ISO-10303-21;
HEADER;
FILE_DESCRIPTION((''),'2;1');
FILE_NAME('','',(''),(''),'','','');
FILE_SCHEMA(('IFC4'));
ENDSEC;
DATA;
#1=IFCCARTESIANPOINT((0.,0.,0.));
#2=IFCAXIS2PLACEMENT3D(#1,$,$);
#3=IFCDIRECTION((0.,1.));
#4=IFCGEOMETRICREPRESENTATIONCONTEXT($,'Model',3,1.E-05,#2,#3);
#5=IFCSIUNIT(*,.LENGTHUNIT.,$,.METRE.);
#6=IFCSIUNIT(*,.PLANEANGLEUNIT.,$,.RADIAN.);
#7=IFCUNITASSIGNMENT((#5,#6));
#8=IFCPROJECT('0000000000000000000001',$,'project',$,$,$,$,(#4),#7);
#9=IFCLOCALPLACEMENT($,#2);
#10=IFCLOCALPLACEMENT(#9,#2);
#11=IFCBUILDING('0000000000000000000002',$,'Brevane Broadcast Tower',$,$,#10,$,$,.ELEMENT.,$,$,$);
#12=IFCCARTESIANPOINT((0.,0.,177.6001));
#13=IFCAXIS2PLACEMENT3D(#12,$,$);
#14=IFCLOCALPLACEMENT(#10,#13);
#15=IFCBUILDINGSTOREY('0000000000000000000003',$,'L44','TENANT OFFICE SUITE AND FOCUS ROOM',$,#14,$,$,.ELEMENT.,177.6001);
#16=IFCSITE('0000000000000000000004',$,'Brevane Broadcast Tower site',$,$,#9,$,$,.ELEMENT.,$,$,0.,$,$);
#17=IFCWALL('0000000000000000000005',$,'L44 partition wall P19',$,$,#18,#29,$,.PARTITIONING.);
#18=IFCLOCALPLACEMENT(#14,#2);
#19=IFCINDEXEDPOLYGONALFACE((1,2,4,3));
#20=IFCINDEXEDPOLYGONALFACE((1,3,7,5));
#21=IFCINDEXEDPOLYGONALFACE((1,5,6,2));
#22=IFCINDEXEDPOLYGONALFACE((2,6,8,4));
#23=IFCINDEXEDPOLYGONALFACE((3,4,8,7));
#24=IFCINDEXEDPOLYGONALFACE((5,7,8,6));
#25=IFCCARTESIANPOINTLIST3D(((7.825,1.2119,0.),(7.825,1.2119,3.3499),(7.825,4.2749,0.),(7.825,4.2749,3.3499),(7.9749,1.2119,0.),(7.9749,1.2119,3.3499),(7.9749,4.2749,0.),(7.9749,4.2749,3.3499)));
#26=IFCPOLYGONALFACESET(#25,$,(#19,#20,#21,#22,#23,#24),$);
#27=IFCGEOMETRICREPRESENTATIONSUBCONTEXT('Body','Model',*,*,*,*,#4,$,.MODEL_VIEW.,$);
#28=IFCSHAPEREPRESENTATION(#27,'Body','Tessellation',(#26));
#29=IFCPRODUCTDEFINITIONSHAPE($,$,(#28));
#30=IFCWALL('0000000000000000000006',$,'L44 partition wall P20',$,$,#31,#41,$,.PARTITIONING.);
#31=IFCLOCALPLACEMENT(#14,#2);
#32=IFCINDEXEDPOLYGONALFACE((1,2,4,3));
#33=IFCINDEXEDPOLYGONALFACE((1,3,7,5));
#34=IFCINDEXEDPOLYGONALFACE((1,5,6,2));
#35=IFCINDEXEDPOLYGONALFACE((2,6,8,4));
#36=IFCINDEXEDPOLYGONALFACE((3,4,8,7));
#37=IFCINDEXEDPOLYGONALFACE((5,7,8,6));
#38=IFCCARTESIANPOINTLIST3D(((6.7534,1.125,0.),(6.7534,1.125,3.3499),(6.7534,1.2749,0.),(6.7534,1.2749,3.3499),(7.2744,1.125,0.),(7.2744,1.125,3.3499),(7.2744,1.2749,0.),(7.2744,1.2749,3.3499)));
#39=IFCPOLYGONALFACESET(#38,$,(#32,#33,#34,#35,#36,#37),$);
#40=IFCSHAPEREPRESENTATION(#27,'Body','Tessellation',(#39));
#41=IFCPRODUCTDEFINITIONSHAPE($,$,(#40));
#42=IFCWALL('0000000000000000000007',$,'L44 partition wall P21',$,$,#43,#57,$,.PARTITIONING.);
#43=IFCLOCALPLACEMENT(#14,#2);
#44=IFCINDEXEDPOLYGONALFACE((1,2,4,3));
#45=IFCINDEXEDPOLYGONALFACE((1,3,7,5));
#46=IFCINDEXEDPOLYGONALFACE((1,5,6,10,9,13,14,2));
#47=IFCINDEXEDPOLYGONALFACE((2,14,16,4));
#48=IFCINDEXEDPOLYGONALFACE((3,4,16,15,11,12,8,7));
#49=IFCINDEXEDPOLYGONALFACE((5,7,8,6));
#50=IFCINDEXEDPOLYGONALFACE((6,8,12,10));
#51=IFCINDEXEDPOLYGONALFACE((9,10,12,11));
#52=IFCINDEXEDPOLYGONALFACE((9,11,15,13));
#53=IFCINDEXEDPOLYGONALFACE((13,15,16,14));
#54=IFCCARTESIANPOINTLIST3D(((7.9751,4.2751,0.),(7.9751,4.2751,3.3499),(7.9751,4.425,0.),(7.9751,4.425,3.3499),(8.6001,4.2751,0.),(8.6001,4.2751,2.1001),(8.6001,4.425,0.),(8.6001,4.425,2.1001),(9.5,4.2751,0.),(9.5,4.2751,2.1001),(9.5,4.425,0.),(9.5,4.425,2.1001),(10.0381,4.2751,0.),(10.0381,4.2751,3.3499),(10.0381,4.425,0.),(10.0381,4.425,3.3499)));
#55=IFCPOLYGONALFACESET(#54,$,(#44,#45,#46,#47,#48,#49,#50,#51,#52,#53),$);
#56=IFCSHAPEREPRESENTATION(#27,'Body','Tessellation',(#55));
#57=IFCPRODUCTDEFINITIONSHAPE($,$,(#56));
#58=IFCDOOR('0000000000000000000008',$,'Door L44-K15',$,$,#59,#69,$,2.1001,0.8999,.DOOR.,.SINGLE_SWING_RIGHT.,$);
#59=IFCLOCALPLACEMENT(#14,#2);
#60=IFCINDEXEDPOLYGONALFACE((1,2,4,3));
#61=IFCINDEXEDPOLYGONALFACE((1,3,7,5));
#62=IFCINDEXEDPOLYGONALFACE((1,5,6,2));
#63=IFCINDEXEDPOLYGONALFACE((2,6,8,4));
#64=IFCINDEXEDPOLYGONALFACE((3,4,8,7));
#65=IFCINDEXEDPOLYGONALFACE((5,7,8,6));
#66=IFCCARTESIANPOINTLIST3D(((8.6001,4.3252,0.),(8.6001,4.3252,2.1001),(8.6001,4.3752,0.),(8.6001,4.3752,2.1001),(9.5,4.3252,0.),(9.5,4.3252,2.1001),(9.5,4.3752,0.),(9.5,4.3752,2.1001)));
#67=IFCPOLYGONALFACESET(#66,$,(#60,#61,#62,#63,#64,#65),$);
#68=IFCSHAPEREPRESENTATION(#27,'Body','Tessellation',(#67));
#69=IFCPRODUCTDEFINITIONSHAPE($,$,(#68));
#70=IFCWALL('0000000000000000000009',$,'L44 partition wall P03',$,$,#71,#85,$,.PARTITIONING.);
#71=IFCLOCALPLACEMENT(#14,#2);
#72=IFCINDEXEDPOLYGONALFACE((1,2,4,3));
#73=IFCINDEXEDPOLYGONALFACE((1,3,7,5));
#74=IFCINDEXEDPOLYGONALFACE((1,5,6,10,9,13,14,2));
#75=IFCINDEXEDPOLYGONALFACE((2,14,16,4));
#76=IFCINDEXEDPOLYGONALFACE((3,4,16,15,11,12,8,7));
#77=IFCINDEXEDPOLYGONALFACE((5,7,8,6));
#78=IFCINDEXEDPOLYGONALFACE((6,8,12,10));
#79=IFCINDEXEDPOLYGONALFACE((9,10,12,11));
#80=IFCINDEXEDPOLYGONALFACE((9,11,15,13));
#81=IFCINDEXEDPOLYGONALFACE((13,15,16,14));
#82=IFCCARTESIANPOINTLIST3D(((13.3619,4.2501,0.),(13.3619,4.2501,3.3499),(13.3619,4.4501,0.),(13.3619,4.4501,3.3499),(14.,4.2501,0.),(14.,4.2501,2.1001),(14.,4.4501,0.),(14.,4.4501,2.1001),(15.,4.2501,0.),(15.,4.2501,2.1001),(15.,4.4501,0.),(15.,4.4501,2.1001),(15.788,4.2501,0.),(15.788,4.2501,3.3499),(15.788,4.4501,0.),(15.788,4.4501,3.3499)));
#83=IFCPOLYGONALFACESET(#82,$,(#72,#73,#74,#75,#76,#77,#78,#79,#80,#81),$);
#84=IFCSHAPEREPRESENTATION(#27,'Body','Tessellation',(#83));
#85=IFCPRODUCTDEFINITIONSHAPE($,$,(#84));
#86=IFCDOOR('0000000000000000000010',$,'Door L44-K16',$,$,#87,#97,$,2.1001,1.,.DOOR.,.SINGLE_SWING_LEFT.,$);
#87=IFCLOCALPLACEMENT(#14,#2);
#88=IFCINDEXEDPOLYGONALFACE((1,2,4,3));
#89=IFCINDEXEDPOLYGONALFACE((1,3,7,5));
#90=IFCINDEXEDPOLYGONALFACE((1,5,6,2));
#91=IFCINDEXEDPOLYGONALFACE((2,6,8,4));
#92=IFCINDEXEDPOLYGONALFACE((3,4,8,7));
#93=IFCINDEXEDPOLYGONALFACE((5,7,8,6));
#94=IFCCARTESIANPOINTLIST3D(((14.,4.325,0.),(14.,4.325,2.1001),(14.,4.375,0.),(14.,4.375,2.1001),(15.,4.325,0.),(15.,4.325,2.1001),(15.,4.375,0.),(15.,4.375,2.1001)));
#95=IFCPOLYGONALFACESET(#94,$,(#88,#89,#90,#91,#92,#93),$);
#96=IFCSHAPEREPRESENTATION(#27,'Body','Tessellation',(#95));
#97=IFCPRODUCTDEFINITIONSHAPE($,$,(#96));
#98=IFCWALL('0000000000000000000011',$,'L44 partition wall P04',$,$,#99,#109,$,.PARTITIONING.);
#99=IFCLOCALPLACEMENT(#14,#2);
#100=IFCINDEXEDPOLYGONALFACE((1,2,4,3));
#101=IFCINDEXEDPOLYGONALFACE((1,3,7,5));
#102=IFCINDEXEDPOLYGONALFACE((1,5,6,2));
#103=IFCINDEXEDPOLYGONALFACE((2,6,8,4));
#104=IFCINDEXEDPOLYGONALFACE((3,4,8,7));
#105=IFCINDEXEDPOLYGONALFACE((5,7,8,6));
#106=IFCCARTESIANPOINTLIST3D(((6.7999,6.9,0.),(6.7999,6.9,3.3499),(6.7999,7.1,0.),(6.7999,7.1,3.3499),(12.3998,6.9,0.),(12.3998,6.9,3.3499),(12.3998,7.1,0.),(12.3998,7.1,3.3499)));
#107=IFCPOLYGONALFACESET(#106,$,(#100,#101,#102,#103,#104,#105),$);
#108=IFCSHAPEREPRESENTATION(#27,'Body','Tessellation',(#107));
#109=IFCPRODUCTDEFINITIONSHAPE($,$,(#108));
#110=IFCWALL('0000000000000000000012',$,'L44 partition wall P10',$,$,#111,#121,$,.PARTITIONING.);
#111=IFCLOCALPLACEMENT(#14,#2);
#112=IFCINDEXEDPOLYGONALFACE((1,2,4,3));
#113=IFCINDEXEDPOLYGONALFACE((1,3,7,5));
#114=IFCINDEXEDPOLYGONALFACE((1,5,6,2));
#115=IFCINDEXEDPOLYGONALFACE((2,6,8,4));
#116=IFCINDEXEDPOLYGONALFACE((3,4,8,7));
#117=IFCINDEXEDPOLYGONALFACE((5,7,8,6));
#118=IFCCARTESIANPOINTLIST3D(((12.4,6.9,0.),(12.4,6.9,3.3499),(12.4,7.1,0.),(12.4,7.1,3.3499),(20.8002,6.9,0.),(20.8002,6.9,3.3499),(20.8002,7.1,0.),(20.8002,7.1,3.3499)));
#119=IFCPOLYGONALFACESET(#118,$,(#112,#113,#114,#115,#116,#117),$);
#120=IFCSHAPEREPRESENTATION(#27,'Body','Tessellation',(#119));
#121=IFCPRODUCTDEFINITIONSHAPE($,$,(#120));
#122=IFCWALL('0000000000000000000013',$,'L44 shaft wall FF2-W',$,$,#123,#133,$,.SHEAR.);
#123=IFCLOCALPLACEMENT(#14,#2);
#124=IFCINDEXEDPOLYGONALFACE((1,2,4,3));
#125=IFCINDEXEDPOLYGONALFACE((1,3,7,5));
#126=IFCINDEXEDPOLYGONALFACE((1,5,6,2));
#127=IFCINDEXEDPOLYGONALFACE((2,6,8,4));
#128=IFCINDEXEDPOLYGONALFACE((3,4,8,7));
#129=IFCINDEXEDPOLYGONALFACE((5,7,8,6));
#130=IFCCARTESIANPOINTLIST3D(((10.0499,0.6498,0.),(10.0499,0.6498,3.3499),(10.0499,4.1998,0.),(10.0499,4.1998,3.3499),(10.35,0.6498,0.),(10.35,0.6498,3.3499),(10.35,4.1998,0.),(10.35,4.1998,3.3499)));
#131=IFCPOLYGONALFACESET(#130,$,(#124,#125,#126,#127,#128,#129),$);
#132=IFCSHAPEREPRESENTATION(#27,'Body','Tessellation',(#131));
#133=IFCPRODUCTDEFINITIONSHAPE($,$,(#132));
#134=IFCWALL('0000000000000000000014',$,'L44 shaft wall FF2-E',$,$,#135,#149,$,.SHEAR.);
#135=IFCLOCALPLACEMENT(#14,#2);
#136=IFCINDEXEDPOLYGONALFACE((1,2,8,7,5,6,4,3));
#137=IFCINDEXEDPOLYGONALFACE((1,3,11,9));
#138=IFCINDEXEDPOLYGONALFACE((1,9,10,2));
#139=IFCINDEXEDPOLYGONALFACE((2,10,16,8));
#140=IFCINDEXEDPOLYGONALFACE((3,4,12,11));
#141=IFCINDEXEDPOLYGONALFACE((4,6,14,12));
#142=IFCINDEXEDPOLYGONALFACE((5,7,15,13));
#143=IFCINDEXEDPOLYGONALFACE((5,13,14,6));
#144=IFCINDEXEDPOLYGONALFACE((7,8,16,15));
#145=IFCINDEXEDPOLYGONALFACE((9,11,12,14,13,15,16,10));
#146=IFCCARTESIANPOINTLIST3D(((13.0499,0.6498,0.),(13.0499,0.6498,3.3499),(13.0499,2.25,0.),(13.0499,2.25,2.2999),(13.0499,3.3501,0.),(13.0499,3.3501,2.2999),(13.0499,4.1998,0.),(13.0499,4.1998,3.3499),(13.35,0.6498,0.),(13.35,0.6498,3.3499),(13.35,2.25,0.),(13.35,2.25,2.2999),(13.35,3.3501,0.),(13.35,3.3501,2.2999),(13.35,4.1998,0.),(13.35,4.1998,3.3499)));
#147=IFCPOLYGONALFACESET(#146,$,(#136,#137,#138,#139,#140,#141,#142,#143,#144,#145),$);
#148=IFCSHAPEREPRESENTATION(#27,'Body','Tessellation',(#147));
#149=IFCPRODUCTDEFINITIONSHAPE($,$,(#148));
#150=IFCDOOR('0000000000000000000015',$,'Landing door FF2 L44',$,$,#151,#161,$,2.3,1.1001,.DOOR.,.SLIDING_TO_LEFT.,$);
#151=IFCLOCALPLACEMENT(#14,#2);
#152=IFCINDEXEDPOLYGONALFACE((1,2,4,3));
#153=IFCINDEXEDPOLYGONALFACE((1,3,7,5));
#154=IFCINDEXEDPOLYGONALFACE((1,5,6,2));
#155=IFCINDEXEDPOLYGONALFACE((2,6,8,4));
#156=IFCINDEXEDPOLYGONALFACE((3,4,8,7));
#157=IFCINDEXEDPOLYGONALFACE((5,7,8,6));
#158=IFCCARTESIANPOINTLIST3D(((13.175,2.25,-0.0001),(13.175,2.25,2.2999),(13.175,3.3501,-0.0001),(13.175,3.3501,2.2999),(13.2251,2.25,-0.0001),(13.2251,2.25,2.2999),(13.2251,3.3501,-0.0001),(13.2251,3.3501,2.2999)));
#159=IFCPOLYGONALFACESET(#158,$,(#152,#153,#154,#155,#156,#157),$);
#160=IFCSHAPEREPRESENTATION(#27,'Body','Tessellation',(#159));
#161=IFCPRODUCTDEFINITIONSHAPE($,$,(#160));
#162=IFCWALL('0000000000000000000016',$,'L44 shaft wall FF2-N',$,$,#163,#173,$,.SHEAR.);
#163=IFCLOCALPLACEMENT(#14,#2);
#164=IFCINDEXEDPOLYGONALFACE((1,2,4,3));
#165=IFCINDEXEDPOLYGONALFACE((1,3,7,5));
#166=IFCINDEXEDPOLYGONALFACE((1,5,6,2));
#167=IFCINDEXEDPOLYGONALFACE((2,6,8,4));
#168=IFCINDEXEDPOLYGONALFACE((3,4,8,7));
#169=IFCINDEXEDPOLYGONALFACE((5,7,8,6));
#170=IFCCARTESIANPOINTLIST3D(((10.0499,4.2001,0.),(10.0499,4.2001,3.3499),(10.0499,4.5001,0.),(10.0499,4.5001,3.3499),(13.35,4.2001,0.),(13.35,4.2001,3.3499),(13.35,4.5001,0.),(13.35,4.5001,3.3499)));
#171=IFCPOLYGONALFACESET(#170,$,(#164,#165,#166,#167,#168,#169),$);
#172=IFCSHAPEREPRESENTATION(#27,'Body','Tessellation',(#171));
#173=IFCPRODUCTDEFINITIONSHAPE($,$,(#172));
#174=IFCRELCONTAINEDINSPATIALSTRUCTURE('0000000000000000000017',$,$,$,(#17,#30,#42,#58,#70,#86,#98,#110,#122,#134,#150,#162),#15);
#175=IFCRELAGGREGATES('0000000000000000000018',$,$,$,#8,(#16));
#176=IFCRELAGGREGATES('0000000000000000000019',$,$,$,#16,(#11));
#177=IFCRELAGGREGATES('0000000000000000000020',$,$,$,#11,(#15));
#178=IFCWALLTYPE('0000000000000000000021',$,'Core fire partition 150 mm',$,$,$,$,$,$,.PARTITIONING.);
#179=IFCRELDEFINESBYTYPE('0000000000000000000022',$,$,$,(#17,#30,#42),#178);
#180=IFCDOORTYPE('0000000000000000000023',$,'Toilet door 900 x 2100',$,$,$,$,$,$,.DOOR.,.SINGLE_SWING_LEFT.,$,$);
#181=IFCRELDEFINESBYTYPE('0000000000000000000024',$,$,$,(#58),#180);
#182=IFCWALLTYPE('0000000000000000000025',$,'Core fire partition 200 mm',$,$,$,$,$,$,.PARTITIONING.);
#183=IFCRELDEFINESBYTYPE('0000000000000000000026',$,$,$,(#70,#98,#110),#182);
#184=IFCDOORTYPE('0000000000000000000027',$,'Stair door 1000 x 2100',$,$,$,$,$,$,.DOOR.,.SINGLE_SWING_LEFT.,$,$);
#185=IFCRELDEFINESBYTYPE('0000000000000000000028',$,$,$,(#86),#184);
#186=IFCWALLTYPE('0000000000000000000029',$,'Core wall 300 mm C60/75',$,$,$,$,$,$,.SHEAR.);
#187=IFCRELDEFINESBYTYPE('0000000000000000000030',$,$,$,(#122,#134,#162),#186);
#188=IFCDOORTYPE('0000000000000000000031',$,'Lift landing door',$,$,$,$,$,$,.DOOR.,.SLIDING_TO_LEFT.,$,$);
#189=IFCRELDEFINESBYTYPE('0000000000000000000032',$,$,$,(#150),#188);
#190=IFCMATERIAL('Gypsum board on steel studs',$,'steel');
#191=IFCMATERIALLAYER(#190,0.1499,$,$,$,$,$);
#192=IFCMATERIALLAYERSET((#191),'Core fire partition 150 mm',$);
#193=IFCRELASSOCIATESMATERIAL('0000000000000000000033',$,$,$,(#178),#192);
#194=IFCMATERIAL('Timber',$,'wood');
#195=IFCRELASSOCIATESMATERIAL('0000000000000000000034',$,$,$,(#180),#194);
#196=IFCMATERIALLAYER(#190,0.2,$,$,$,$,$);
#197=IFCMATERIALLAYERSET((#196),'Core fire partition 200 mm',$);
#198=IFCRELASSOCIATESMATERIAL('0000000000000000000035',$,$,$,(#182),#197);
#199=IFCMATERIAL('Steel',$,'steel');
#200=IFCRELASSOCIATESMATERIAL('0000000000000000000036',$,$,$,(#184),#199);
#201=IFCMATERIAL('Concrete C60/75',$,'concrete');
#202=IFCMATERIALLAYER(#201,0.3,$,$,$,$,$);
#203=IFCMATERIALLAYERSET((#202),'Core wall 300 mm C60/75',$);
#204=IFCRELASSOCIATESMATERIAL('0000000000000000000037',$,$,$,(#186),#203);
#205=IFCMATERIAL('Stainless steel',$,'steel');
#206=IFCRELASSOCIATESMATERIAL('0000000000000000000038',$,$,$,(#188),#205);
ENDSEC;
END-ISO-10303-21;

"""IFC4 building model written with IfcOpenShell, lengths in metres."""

from ifc_helpers import new_model, si_unit, direction, frame, frame_2d, origin, place, context, subcontext, project, spatial, rectangle, extrude, material, layer, layer_set, type_object, element, fill, save


model = new_model("IFC4")

# Units and contexts
model_context = context("Model", 3, precision=1e-05, world=origin(), true_north=direction((0.0, 1.0)))
body_context = subcontext(model_context, "Body", "Model", "MODEL_VIEW")
ifc_project = project(units=[si_unit("LENGTHUNIT", "METRE"), si_unit("PLANEANGLEUNIT", "RADIAN")], contexts=[model_context])

# Site, building, storey
site_placement = place(None, origin())
site = spatial("IfcSite", under=ifc_project, at=site_placement, Name="Brevane Broadcast Tower site", CompositionType="ELEMENT", RefElevation=0.0)
building_placement = place(site_placement, origin())
building = spatial("IfcBuilding", under=site, at=building_placement, Name="Brevane Broadcast Tower", CompositionType="ELEMENT")
storey_placement = place(building_placement, frame((0.0, 0.0, 177.6001)))
storey = spatial("IfcBuildingStorey", under=building, at=storey_placement, Name="L44", Description="TENANT OFFICE SUITE AND FOCUS ROOM", CompositionType="ELEMENT", Elevation=177.6001)

# Shared definitions
ifc_material_1 = material(Name="Gypsum board on steel studs", Category="steel")
ifc_layer_1 = layer(ifc_material_1, 0.1499)
ifc_layer_set_1 = layer_set([ifc_layer_1], Name="Core fire partition 150 mm")
wall_type_1 = type_object("IfcWallType", Name="Core fire partition 150 mm", PredefinedType="PARTITIONING", material=ifc_layer_set_1)

# Shared definitions
ifc_material_2 = material(Name="Timber", Category="wood")
door_type_1 = type_object("IfcDoorType", Name="Toilet door 900 x 2100", OperationType="SINGLE_SWING_LEFT", PredefinedType="DOOR", material=ifc_material_2)

# Walls
wall_1_placement = place(storey_placement, frame((7.8999, 4.2749, 0.0), z_axis=(0.0, 0.0, 1.0), x_axis=(0.0, -1.0, 0.0)))
element("IfcWall", 1, at=wall_1_placement, inside=storey, type_object=wall_type_1, Name="L44 partition wall P19", PredefinedType="PARTITIONING", context=body_context, shape_type="SweptSolid", body=[
    extrude(rectangle(XDim=3.063, YDim=0.1499, at=frame_2d((1.5315, 0.0))), origin(), (0.0, 0.0, 1.0), 3.3499),
])
wall_2_placement = place(storey_placement, frame((7.2744, 1.2, 0.0), z_axis=(0.0, 0.0, 1.0), x_axis=(-1.0, 0.0, 0.0)))
element("IfcWall", 2, at=wall_2_placement, inside=storey, type_object=wall_type_1, Name="L44 partition wall P20", PredefinedType="PARTITIONING", context=body_context, shape_type="SweptSolid", body=[
    extrude(rectangle(XDim=0.521, YDim=0.1499, at=frame_2d((0.2605, 0.0))), origin(), (0.0, 0.0, 1.0), 3.3499),
])

# Walls, openings, doors
wall_3_placement = place(storey_placement, frame((10.0381, 4.3501, 0.0), z_axis=(0.0, 0.0, 1.0), x_axis=(-1.0, 0.0, 0.0)))
wall_3 = element("IfcWall", 3, at=wall_3_placement, inside=storey, type_object=wall_type_1, Name="L44 partition wall P21", PredefinedType="PARTITIONING", context=body_context, shape_type="SweptSolid", body=[
    extrude(rectangle(XDim=2.063, YDim=0.1499, at=frame_2d((1.0315, 0.0))), origin(), (0.0, 0.0, 1.0), 3.3499),
])
opening_1_placement = place(wall_3_placement, frame((0.5381, 0.0, 0.0)))
opening_1 = element("IfcOpeningElement", 4, at=opening_1_placement, cuts=wall_3, PredefinedType="OPENING", context=body_context, shape_type="SweptSolid", body=[
    extrude(rectangle(XDim=0.8999, YDim=2.1001, at=frame_2d((0.45, 1.05))), frame((0.0, 0.085, 0.0), z_axis=(0.0, -1.0, 0.0), x_axis=(1.0, 0.0, 0.0)), (0.0, 0.0, 1.0), 0.1699),
])
door_1_placement = place(opening_1_placement, origin())
door_1 = element("IfcDoor", 5, at=door_1_placement, inside=storey, type_object=door_type_1, Name="Door L44-K15", OperationType="SINGLE_SWING_RIGHT", OverallHeight=2.1001, OverallWidth=0.8999, PredefinedType="DOOR", context=body_context, shape_type="SweptSolid", body=[
    extrude(rectangle(XDim=0.8999, YDim=2.1001, at=frame_2d((0.45, 1.05))), frame((0.0, 0.0249, 0.0), z_axis=(0.0, -1.0, 0.0), x_axis=(1.0, 0.0, 0.0)), (0.0, 0.0, 1.0), 0.05),
])
fill(opening_1, door_1)
ifc_layer_2 = layer(ifc_material_1, 0.2)
ifc_layer_set_2 = layer_set([ifc_layer_2], Name="Core fire partition 200 mm")
wall_type_2 = type_object("IfcWallType", Name="Core fire partition 200 mm", PredefinedType="PARTITIONING", material=ifc_layer_set_2)
wall_4_placement = place(storey_placement, frame((13.3621, 4.3501, 0.0), z_axis=(0.0, 0.0, 1.0), x_axis=(1.0, 0.0, 0.0)))
wall_4 = element("IfcWall", 6, at=wall_4_placement, inside=storey, type_object=wall_type_2, Name="L44 partition wall P03", PredefinedType="PARTITIONING", context=body_context, shape_type="SweptSolid", body=[
    extrude(rectangle(XDim=2.426, YDim=0.2, at=frame_2d((1.2129, 0.0))), origin(), (0.0, 0.0, 1.0), 3.3499),
])
opening_2_placement = place(wall_4_placement, frame((0.6379, 0.0, 0.0)))
opening_2 = element("IfcOpeningElement", 7, at=opening_2_placement, cuts=wall_4, PredefinedType="OPENING", context=body_context, shape_type="SweptSolid", body=[
    extrude(rectangle(XDim=1.0, YDim=2.1001, at=frame_2d((0.5, 1.05))), frame((0.0, 0.1099, 0.0), z_axis=(0.0, -1.0, 0.0), x_axis=(1.0, 0.0, 0.0)), (0.0, 0.0, 1.0), 0.22),
])
ifc_material_3 = material(Name="Steel", Category="steel")
door_type_2 = type_object("IfcDoorType", Name="Stair door 1000 x 2100", OperationType="SINGLE_SWING_LEFT", PredefinedType="DOOR", material=ifc_material_3)
door_2_placement = place(opening_2_placement, origin())
door_2 = element("IfcDoor", 8, at=door_2_placement, inside=storey, type_object=door_type_2, Name="Door L44-K16", OperationType="SINGLE_SWING_LEFT", OverallHeight=2.1001, OverallWidth=1.0, PredefinedType="DOOR", context=body_context, shape_type="SweptSolid", body=[
    extrude(rectangle(XDim=1.0, YDim=2.1001, at=frame_2d((0.5, 1.05))), frame((0.0, 0.0249, 0.0), z_axis=(0.0, -1.0, 0.0), x_axis=(1.0, 0.0, 0.0)), (0.0, 0.0, 1.0), 0.05),
])
fill(opening_2, door_2)

# Walls
wall_5_placement = place(storey_placement, frame((6.8, 7.0, 0.0), z_axis=(0.0, 0.0, 1.0), x_axis=(1.0, 0.0, 0.0)))
element("IfcWall", 9, at=wall_5_placement, inside=storey, type_object=wall_type_2, Name="L44 partition wall P04", PredefinedType="PARTITIONING", context=body_context, shape_type="SweptSolid", body=[
    extrude(rectangle(XDim=5.5999, YDim=0.2, at=frame_2d((2.7998, 0.0))), origin(), (0.0, 0.0, 1.0), 3.3499),
])
wall_6_placement = place(storey_placement, frame((12.3999, 7.0, 0.0), z_axis=(0.0, 0.0, 1.0), x_axis=(1.0, 0.0, 0.0)))
element("IfcWall", 10, at=wall_6_placement, inside=storey, type_object=wall_type_2, Name="L44 partition wall P10", PredefinedType="PARTITIONING", context=body_context, shape_type="SweptSolid", body=[
    extrude(rectangle(XDim=8.4001, YDim=0.2, at=frame_2d((4.2002, 0.0))), origin(), (0.0, 0.0, 1.0), 3.3499),
])
ifc_material_4 = material(Name="Concrete C60/75", Category="concrete")
ifc_layer_3 = layer(ifc_material_4, 0.3)
ifc_layer_set_3 = layer_set([ifc_layer_3], Name="Core wall 300 mm C60/75")
wall_type_3 = type_object("IfcWallType", Name="Core wall 300 mm C60/75", PredefinedType="SHEAR", material=ifc_layer_set_3)
wall_7_placement = place(storey_placement, frame((10.2, 0.6499, 0.0), z_axis=(0.0, 0.0, 1.0), x_axis=(0.0, 1.0, 0.0)))
element("IfcWall", 11, at=wall_7_placement, inside=storey, type_object=wall_type_3, Name="L44 shaft wall FF2-W", PredefinedType="SHEAR", context=body_context, shape_type="SweptSolid", body=[
    extrude(rectangle(XDim=3.55, YDim=0.3, at=frame_2d((1.7749, 0.0))), origin(), (0.0, 0.0, 1.0), 3.3499),
])

# Wall, opening, door
wall_8_placement = place(storey_placement, frame((13.2, 0.6499, 0.0), z_axis=(0.0, 0.0, 1.0), x_axis=(0.0, 1.0, 0.0)))
wall_8 = element("IfcWall", 12, at=wall_8_placement, inside=storey, type_object=wall_type_3, Name="L44 shaft wall FF2-E", PredefinedType="SHEAR", context=body_context, shape_type="SweptSolid", body=[
    extrude(rectangle(XDim=3.55, YDim=0.3, at=frame_2d((1.7749, 0.0))), origin(), (0.0, 0.0, 1.0), 3.3499),
])
opening_3_placement = place(wall_8_placement, frame((1.6001, 0.0, 0.0)))
opening_3 = element("IfcOpeningElement", 13, at=opening_3_placement, cuts=wall_8, PredefinedType="OPENING", context=body_context, shape_type="SweptSolid", body=[
    extrude(rectangle(XDim=1.1001, YDim=2.3, at=frame_2d((0.55, 1.1499))), frame((0.0, 0.1599, 0.0), z_axis=(0.0, -1.0, 0.0), x_axis=(1.0, 0.0, 0.0)), (0.0, 0.0, 1.0), 0.3201),
])
ifc_material_5 = material(Name="Stainless steel", Category="steel")
door_type_3 = type_object("IfcDoorType", Name="Lift landing door", OperationType="SLIDING_TO_LEFT", PredefinedType="DOOR", material=ifc_material_5)
door_3_placement = place(opening_3_placement, origin())
door_3 = element("IfcDoor", 14, at=door_3_placement, inside=storey, type_object=door_type_3, Name="Landing door FF2 L44", OperationType="SLIDING_TO_LEFT", OverallHeight=2.3, OverallWidth=1.1001, PredefinedType="DOOR", context=body_context, shape_type="SweptSolid", body=[
    extrude(rectangle(XDim=1.1001, YDim=2.3, at=frame_2d((0.55, 1.1499))), frame((0.0, 0.0249, 0.0), z_axis=(0.0, -1.0, 0.0), x_axis=(1.0, 0.0, 0.0)), (0.0, 0.0, 1.0), 0.05),
])
fill(opening_3, door_3)

# Wall
wall_9_placement = place(storey_placement, frame((10.05, 4.3501, 0.0), z_axis=(0.0, 0.0, 1.0), x_axis=(1.0, 0.0, 0.0)))
element("IfcWall", 15, at=wall_9_placement, inside=storey, type_object=wall_type_3, Name="L44 shaft wall FF2-N", PredefinedType="SHEAR", context=body_context, shape_type="SweptSolid", body=[
    extrude(rectangle(XDim=3.3, YDim=0.3, at=frame_2d((1.6499, 0.0))), origin(), (0.0, 0.0, 1.0), 3.3499),
])

save(model, "model.ifc")
